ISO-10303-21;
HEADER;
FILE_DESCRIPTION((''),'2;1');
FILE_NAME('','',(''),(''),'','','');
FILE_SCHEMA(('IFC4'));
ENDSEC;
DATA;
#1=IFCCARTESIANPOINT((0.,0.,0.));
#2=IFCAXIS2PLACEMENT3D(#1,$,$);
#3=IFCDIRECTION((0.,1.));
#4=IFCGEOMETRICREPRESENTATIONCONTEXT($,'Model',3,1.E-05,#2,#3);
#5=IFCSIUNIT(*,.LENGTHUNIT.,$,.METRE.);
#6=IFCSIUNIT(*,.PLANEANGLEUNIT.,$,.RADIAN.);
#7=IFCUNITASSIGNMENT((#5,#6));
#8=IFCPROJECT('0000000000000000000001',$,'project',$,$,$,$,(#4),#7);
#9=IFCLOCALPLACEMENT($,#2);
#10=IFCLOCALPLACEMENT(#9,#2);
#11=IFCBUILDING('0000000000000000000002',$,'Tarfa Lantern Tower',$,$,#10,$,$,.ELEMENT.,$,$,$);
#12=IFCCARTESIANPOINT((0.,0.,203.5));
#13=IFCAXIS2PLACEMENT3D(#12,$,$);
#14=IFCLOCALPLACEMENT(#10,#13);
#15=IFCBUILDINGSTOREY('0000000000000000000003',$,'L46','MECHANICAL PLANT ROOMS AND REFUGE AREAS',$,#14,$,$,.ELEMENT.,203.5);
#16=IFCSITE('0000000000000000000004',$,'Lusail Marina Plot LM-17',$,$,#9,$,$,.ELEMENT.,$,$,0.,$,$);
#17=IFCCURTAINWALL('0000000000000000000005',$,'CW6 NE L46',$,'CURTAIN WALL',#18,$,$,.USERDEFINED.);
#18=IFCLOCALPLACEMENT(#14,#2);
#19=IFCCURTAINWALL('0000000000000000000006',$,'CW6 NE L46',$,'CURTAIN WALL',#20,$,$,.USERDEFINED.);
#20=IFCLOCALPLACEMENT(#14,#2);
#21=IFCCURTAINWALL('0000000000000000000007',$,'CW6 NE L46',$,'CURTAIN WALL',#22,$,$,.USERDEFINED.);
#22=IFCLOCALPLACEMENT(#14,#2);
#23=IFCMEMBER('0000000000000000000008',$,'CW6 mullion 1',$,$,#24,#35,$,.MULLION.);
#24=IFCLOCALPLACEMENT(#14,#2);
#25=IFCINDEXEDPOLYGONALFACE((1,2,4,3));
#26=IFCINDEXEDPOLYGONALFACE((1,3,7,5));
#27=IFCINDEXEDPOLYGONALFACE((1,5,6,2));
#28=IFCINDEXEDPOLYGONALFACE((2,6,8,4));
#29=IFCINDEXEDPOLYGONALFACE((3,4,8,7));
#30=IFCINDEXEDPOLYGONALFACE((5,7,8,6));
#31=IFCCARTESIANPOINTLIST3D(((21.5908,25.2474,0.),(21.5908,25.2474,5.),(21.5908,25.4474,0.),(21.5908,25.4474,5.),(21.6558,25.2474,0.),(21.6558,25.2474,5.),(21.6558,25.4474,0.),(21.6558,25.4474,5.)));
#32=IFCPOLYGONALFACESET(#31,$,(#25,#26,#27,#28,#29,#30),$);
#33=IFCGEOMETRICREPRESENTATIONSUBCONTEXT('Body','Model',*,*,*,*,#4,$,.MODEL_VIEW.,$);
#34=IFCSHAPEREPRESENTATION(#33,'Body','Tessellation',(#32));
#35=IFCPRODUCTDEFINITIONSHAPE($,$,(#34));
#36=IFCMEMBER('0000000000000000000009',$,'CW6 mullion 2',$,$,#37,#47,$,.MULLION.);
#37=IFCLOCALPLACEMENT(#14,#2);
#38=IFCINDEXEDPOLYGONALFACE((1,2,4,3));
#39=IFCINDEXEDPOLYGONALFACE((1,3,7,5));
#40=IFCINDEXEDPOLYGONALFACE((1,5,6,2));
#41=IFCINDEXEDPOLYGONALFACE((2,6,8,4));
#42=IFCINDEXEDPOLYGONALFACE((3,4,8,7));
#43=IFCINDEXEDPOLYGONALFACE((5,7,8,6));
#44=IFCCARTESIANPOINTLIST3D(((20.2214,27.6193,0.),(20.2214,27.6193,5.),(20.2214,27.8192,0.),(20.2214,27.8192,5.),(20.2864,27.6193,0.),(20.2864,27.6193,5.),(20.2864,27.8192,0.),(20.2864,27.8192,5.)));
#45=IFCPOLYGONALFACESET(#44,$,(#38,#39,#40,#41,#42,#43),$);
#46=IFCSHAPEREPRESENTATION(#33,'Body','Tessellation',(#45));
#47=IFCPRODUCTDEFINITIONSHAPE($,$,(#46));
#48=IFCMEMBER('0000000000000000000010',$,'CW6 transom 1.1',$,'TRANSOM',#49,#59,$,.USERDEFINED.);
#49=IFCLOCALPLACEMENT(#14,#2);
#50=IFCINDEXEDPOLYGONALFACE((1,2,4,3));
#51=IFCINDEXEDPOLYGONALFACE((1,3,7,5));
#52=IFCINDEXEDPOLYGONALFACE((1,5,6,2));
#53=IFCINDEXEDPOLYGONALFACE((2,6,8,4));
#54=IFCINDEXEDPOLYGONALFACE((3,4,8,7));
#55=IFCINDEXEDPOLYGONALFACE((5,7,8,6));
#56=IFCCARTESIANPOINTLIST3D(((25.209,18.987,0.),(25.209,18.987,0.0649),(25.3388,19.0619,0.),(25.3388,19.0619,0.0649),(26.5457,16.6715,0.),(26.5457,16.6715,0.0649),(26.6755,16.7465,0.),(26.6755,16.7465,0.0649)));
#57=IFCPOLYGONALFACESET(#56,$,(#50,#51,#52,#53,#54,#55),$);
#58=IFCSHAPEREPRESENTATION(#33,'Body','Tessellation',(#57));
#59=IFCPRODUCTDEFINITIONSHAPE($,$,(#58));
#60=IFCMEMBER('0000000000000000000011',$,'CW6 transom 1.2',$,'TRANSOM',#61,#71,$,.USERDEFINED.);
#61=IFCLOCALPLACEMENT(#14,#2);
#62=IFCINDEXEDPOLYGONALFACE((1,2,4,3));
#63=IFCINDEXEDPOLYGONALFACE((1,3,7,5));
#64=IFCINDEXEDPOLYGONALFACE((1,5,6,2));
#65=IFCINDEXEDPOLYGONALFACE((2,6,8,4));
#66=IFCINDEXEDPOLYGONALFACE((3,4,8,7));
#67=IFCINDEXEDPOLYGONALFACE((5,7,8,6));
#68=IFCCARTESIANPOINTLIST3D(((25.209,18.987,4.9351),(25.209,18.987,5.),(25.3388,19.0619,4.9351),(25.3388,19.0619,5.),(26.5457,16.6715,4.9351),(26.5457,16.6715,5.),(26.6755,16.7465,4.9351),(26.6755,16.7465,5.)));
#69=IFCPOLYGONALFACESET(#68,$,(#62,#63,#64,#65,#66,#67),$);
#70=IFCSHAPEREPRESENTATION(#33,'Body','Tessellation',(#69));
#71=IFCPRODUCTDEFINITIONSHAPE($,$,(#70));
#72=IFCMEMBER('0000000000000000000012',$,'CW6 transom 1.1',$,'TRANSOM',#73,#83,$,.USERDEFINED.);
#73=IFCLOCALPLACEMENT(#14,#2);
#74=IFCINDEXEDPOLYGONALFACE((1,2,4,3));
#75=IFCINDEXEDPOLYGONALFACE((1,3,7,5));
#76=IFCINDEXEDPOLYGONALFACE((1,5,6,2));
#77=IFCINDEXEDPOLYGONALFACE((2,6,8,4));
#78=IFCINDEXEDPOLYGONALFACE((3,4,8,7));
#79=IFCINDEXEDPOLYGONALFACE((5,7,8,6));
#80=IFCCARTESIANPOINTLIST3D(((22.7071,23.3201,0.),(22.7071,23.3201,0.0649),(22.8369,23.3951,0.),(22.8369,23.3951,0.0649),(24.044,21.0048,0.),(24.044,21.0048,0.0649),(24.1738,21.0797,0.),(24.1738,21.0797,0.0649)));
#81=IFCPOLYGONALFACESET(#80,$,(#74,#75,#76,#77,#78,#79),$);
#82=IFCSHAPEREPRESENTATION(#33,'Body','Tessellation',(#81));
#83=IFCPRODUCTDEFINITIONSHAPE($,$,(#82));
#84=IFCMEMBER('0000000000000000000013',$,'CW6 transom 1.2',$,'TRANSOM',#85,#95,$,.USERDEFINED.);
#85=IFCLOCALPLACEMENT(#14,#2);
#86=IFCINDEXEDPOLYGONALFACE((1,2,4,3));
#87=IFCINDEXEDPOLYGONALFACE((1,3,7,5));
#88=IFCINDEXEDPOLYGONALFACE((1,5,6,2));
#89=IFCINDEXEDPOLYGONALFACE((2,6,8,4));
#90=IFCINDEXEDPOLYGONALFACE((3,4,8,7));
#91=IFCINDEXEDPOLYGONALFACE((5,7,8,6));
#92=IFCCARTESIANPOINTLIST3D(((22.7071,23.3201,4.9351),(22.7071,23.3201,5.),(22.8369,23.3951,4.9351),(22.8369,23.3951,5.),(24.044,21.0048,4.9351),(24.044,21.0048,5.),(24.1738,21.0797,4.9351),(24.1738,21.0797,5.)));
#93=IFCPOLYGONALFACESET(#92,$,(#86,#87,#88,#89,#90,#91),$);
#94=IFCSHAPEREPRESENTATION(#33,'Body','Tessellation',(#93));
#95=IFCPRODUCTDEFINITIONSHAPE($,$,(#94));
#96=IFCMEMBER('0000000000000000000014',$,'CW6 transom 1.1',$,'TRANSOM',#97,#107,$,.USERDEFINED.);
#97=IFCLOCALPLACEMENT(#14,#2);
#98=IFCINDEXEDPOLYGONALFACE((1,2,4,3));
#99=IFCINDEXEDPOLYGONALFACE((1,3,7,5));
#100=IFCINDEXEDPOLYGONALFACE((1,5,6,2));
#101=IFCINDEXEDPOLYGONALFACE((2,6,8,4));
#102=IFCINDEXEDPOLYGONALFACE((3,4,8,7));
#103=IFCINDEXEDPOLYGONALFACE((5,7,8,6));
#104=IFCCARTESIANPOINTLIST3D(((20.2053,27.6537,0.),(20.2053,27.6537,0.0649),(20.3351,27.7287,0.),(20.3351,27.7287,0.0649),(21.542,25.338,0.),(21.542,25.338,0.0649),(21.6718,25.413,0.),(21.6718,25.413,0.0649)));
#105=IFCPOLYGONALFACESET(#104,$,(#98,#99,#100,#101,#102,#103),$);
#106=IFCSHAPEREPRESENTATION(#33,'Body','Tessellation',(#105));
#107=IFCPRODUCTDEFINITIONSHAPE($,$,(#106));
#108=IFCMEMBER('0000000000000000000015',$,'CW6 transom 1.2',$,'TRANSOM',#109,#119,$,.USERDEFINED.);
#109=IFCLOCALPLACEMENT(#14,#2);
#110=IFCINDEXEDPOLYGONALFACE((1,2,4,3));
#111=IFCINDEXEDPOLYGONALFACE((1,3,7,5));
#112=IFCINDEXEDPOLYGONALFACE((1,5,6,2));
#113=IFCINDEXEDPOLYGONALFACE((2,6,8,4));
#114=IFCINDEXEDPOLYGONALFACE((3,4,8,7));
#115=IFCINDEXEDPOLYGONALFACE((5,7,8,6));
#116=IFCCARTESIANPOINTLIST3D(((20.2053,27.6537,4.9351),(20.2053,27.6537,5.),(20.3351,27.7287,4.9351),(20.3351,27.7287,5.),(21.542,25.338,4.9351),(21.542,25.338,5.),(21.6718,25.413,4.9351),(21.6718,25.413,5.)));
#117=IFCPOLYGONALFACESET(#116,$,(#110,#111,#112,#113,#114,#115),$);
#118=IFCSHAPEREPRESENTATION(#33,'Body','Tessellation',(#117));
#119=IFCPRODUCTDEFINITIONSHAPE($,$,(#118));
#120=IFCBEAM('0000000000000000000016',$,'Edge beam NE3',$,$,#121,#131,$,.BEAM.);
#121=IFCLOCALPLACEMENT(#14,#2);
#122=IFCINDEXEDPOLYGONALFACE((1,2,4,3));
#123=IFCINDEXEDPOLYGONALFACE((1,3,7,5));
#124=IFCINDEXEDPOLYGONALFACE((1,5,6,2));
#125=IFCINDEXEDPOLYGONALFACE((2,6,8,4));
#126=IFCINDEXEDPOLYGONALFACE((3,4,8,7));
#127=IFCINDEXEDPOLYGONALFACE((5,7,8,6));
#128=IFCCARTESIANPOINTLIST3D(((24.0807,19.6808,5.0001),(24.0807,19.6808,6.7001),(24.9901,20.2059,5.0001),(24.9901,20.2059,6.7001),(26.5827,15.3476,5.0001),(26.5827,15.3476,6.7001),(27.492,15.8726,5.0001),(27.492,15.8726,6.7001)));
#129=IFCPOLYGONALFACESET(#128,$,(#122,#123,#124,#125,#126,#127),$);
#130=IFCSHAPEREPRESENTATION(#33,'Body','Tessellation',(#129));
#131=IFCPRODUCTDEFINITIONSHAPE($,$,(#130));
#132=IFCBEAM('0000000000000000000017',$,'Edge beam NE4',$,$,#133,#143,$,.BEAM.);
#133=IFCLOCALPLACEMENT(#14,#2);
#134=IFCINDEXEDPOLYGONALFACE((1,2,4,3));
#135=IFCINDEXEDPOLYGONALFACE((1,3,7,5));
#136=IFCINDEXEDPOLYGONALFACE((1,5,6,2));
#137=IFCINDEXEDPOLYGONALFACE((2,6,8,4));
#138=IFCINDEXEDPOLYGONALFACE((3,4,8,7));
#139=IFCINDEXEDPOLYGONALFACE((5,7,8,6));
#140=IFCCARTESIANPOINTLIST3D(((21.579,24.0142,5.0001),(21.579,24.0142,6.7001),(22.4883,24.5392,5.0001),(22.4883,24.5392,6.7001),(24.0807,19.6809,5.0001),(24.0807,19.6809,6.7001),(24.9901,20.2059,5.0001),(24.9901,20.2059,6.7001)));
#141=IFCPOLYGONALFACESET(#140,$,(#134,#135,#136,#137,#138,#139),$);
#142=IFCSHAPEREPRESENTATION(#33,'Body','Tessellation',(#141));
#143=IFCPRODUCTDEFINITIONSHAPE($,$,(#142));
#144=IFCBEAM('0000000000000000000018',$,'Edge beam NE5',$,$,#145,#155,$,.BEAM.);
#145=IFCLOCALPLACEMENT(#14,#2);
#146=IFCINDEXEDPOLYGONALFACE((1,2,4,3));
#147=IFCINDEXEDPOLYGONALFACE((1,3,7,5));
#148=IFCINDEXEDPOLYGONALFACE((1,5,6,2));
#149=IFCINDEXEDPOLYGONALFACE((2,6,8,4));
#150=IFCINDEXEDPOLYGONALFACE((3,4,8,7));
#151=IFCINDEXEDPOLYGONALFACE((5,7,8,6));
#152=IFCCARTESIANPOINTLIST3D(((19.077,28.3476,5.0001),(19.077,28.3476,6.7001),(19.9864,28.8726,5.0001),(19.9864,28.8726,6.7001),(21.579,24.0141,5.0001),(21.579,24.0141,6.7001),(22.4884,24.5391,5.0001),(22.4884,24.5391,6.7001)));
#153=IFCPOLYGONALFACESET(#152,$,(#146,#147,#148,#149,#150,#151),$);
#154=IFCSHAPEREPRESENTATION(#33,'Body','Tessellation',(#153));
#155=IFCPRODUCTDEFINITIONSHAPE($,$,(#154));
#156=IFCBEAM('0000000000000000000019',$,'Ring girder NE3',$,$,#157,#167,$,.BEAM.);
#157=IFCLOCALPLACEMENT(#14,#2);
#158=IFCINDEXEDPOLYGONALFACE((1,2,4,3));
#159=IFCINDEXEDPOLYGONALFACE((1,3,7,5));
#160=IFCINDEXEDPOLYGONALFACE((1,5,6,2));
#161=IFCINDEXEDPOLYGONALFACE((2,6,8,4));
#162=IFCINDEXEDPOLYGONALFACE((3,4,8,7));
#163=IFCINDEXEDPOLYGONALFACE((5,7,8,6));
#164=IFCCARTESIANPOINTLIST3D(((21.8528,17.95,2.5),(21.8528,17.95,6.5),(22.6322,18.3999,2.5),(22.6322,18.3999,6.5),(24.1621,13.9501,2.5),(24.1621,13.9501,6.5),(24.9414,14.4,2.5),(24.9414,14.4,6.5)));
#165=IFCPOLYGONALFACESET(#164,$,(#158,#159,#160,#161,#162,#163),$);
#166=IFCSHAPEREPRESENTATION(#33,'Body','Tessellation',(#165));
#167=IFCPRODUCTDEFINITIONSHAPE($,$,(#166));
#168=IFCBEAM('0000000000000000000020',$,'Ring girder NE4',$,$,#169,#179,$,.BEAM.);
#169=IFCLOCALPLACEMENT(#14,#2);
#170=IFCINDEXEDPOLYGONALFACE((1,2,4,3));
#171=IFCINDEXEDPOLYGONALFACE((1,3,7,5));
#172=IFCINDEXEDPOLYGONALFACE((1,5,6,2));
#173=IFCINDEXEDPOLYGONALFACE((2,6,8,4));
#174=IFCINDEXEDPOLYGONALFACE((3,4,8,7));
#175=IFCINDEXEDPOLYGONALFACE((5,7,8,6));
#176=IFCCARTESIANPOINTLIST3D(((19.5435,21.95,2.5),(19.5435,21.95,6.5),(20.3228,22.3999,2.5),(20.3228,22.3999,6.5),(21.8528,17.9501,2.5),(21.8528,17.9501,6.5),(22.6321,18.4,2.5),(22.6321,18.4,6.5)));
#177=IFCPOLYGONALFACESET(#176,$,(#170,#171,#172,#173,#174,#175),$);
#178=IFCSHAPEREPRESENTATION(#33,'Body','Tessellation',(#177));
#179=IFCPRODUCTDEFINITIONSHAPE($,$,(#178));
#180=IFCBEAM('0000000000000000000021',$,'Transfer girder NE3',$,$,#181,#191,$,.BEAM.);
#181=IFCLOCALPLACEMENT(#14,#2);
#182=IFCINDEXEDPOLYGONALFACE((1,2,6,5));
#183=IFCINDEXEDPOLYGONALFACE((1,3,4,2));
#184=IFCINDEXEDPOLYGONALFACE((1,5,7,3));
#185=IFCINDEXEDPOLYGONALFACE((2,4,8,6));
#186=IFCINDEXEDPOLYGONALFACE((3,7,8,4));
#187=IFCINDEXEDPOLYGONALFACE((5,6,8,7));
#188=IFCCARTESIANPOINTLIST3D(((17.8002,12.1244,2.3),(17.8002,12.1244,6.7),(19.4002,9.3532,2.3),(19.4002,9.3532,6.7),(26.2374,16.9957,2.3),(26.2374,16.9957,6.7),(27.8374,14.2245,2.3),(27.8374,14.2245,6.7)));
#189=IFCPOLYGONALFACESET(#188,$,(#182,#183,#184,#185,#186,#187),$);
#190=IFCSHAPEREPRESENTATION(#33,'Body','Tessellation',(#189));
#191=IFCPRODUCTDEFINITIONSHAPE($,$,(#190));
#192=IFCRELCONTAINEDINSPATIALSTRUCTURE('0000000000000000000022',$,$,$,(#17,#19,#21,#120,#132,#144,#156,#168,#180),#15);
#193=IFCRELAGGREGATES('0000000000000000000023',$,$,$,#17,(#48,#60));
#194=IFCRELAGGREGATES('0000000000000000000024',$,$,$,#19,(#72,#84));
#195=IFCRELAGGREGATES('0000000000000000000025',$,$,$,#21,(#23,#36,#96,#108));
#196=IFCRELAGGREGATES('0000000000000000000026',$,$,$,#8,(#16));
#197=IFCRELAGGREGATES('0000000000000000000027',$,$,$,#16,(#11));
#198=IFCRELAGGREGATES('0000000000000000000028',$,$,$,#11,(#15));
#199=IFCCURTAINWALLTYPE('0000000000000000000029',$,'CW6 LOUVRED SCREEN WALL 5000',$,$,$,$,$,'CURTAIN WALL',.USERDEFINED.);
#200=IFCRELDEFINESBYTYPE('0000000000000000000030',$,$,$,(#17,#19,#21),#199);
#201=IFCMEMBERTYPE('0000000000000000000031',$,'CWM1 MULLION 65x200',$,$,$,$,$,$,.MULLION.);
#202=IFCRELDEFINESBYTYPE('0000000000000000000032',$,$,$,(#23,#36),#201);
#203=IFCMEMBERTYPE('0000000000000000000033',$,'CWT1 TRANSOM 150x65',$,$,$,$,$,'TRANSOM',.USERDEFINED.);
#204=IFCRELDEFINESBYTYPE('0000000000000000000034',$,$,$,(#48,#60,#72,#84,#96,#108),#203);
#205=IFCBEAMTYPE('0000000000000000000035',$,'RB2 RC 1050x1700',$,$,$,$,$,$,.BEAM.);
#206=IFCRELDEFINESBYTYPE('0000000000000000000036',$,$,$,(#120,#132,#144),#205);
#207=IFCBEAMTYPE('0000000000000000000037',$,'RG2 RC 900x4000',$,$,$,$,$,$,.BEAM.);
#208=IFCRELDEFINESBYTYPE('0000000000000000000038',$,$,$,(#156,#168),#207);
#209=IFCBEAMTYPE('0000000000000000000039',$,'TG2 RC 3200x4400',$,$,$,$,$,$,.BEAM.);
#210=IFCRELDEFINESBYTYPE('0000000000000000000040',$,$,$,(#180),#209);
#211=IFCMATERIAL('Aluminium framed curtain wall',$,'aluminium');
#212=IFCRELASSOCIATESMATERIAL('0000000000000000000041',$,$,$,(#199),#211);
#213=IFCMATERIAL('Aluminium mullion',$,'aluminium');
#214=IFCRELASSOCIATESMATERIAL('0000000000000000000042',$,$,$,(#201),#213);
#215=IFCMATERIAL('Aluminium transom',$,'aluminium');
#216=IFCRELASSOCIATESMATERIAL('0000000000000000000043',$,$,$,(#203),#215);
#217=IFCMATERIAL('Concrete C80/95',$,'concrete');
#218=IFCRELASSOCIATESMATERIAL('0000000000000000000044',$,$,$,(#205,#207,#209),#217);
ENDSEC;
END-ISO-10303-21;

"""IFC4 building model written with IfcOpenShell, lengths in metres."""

from ifc_helpers import new_model, si_unit, direction, frame, origin, origin_2d, place, context, subcontext, project, spatial, rectangle, extrude, material, material_profile, profile_set, type_object, element, aggregate, save


model = new_model("IFC4")

# Units and contexts
model_context = context("Model", 3, precision=1e-05, world=origin(), true_north=direction((0.0, 1.0)))
body_context = subcontext(model_context, "Body", "Model", "MODEL_VIEW")
ifc_project = project(units=[si_unit("LENGTHUNIT", "METRE"), si_unit("PLANEANGLEUNIT", "RADIAN")], contexts=[model_context])

# Site, building, storey
site_placement = place(None, origin())
site = spatial("IfcSite", under=ifc_project, at=site_placement, Name="Lusail Marina Plot LM-17", CompositionType="ELEMENT", RefElevation=0.0)
building_placement = place(site_placement, origin())
building = spatial("IfcBuilding", under=site, at=building_placement, Name="Tarfa Lantern Tower", CompositionType="ELEMENT")
storey_placement = place(building_placement, frame((0.0, 0.0, 203.5)))
storey = spatial("IfcBuildingStorey", under=building, at=storey_placement, Name="L46", Description="MECHANICAL PLANT ROOMS AND REFUGE AREAS", CompositionType="ELEMENT", Elevation=203.5)

# Shared definitions
ifc_material_1 = material(Name="Concrete C80/95", Category="concrete")

# Shared definitions
ifc_material_2 = material(Name="Aluminium framed curtain wall", Category="aluminium")
curtain_wall_type = type_object("IfcCurtainWallType", Name="CW6 LOUVRED SCREEN WALL 5000", ElementType="CURTAIN WALL", PredefinedType="USERDEFINED", material=ifc_material_2)
ifc_material_3 = material(Name="Aluminium mullion", Category="aluminium")
ifc_material_profile_1 = material_profile(ifc_material_3, rectangle(XDim=0.0649, YDim=0.2, at=origin_2d()), Name="AL MULLION 65x200")
ifc_profile_set_1 = profile_set([ifc_material_profile_1], Name="Aluminium mullion")
member_type_1 = type_object("IfcMemberType", Name="CWM1 MULLION 65x200", PredefinedType="MULLION", material=ifc_profile_set_1)

# Curtain walls, members
curtain_wall_1_placement = place(storey_placement, origin())
curtain_wall_1 = element("IfcCurtainWall", 1, at=curtain_wall_1_placement, inside=storey, type_object=curtain_wall_type, Name="CW6 NE L46", ObjectType="CURTAIN WALL", PredefinedType="USERDEFINED")
curtain_wall_2_placement = place(storey_placement, origin())
curtain_wall_2 = element("IfcCurtainWall", 2, at=curtain_wall_2_placement, inside=storey, type_object=curtain_wall_type, Name="CW6 NE L46", ObjectType="CURTAIN WALL", PredefinedType="USERDEFINED")
curtain_wall_3_placement = place(storey_placement, origin())
curtain_wall_3 = element("IfcCurtainWall", 3, at=curtain_wall_3_placement, inside=storey, type_object=curtain_wall_type, Name="CW6 NE L46", ObjectType="CURTAIN WALL", PredefinedType="USERDEFINED")
member_1_placement = place(storey_placement, frame((21.6233, 25.3474, 0.0), z_axis=(0.0, 0.0, 1.0), x_axis=(1.0, 0.0, 0.0)))
member_1 = element("IfcMember", 4, at=member_1_placement, type_object=member_type_1, Name="CW6 mullion 1", PredefinedType="MULLION", context=body_context, shape_type="SweptSolid", body=[
    extrude(rectangle(XDim=0.0649, YDim=0.2, at=origin_2d()), origin(), (0.0, 0.0, 1.0), 5.0),
])
member_2_placement = place(storey_placement, frame((20.2539, 27.7192, 0.0), z_axis=(0.0, 0.0, 1.0), x_axis=(1.0, 0.0, 0.0)))
member_2 = element("IfcMember", 5, at=member_2_placement, type_object=member_type_1, Name="CW6 mullion 2", PredefinedType="MULLION", context=body_context, shape_type="SweptSolid", body=[
    extrude(rectangle(XDim=0.0649, YDim=0.2, at=origin_2d()), origin(), (0.0, 0.0, 1.0), 5.0),
])

# Members
ifc_material_4 = material(Name="Aluminium transom", Category="aluminium")
ifc_material_profile_2 = material_profile(ifc_material_4, rectangle(XDim=0.1499, YDim=0.0649, at=origin_2d()), Name="AL TRANSOM 150x65")
ifc_profile_set_2 = profile_set([ifc_material_profile_2], Name="Aluminium transom")
member_type_2 = type_object("IfcMemberType", Name="CWT1 TRANSOM 150x65", ElementType="TRANSOM", PredefinedType="USERDEFINED", material=ifc_profile_set_2)
member_3_placement = place(storey_placement, frame((26.6106, 16.709, 0.0325), z_axis=(-0.49996, 0.866049, 0.0), x_axis=(-0.866049, -0.49996, 0.0)))
member_3 = element("IfcMember", 6, at=member_3_placement, type_object=member_type_2, Name="CW6 transom 1.1", ObjectType="TRANSOM", PredefinedType="USERDEFINED", context=body_context, shape_type="SweptSolid", body=[
    extrude(rectangle(XDim=0.1499, YDim=0.0649, at=origin_2d()), origin(), (0.0, 0.0, 1.0), 2.6736),
])
member_4_placement = place(storey_placement, frame((26.6106, 16.709, 4.9675), z_axis=(-0.49996, 0.866049, 0.0), x_axis=(-0.866049, -0.49996, 0.0)))
member_4 = element("IfcMember", 7, at=member_4_placement, type_object=member_type_2, Name="CW6 transom 1.2", ObjectType="TRANSOM", PredefinedType="USERDEFINED", context=body_context, shape_type="SweptSolid", body=[
    extrude(rectangle(XDim=0.1499, YDim=0.0649, at=origin_2d()), origin(), (0.0, 0.0, 1.0), 2.6736),
])
member_5_placement = place(storey_placement, frame((24.1089, 21.0422, 0.0325), z_axis=(-0.500028, 0.866009, 0.0), x_axis=(-0.866009, -0.500028, 0.0)))
member_5 = element("IfcMember", 8, at=member_5_placement, type_object=member_type_2, Name="CW6 transom 1.1", ObjectType="TRANSOM", PredefinedType="USERDEFINED", context=body_context, shape_type="SweptSolid", body=[
    extrude(rectangle(XDim=0.1499, YDim=0.0649, at=origin_2d()), origin(), (0.0, 0.0, 1.0), 2.6736),
])
member_6_placement = place(storey_placement, frame((24.1089, 21.0422, 4.9675), z_axis=(-0.500028, 0.866009, 0.0), x_axis=(-0.866009, -0.500028, 0.0)))
member_6 = element("IfcMember", 9, at=member_6_placement, type_object=member_type_2, Name="CW6 transom 1.2", ObjectType="TRANSOM", PredefinedType="USERDEFINED", context=body_context, shape_type="SweptSolid", body=[
    extrude(rectangle(XDim=0.1499, YDim=0.0649, at=origin_2d()), origin(), (0.0, 0.0, 1.0), 2.6736),
])
member_7_placement = place(storey_placement, frame((21.6069, 25.3755, 0.0325), z_axis=(-0.49992, 0.866072, 0.0), x_axis=(-0.866072, -0.49992, 0.0)))
member_7 = element("IfcMember", 10, at=member_7_placement, type_object=member_type_2, Name="CW6 transom 1.1", ObjectType="TRANSOM", PredefinedType="USERDEFINED", context=body_context, shape_type="SweptSolid", body=[
    extrude(rectangle(XDim=0.1499, YDim=0.0649, at=origin_2d()), origin(), (0.0, 0.0, 1.0), 2.6738),
])
member_8_placement = place(storey_placement, frame((21.6069, 25.3755, 4.9675), z_axis=(-0.49992, 0.866072, 0.0), x_axis=(-0.866072, -0.49992, 0.0)))
member_8 = element("IfcMember", 11, at=member_8_placement, type_object=member_type_2, Name="CW6 transom 1.2", ObjectType="TRANSOM", PredefinedType="USERDEFINED", context=body_context, shape_type="SweptSolid", body=[
    extrude(rectangle(XDim=0.1499, YDim=0.0649, at=origin_2d()), origin(), (0.0, 0.0, 1.0), 2.6738),
])

# Beams
ifc_material_profile_3 = material_profile(ifc_material_1, rectangle(XDim=1.05, YDim=1.7, at=origin_2d()), Name="RC 1050x1700")
ifc_profile_set_3 = profile_set([ifc_material_profile_3], Name="Concrete C80/95")
beam_type_1 = type_object("IfcBeamType", Name="RB2 RC 1050x1700", PredefinedType="BEAM", material=ifc_profile_set_3)
for number, where, z_axis, x_axis, name in (
    (12, (27.0374, 15.6101, 5.8501), (-0.500022, 0.866013, 0.0), (-0.866013, -0.500022, 0.0), "Edge beam NE3"),
    (13, (24.5354, 19.9434, 5.8501), (-0.499986, 0.866034, 0.0), (-0.866034, -0.499986, 0.0), "Edge beam NE4"),
):
    element("IfcBeam", number, at=place(storey_placement, frame(where, z_axis=z_axis, x_axis=x_axis)), inside=storey, type_object=beam_type_1, Name=name, PredefinedType="BEAM", context=body_context, shape_type="SweptSolid", body=[
        extrude(rectangle(XDim=1.05, YDim=1.7, at=origin_2d()), origin(), (0.0, 0.0, 1.0), 5.0037),
    ])
beam_1_placement = place(storey_placement, frame((22.0337, 24.2766, 5.8501), z_axis=(-0.500001, 0.866025, 0.0), x_axis=(-0.866025, -0.500001, 0.0)))
element("IfcBeam", 14, at=beam_1_placement, inside=storey, type_object=beam_type_1, Name="Edge beam NE5", PredefinedType="BEAM", context=body_context, shape_type="SweptSolid", body=[
    extrude(rectangle(XDim=1.05, YDim=1.7, at=origin_2d()), origin(), (0.0, 0.0, 1.0), 5.0039),
])
ifc_material_profile_4 = material_profile(ifc_material_1, rectangle(XDim=0.8999, YDim=4.0, at=origin_2d()), Name="RC 900x4000")
ifc_profile_set_4 = profile_set([ifc_material_profile_4], Name="Concrete C80/95")
beam_type_2 = type_object("IfcBeamType", Name="RG2 RC 900x4000", PredefinedType="BEAM", material=ifc_profile_set_4)
for number, where, z_axis, x_axis, name in (
    (15, (24.5518, 14.175, 4.5), (-0.499988, 0.866032, 0.0), (-0.866032, -0.499988, 0.0), "Ring girder NE3"),
    (16, (22.2424, 18.175, 4.5), (-0.499988, 0.866032, 0.0), (-0.866032, -0.499988, 0.0), "Ring girder NE4"),
):
    element("IfcBeam", number, at=place(storey_placement, frame(where, z_axis=z_axis, x_axis=x_axis)), inside=storey, type_object=beam_type_2, Name=name, PredefinedType="BEAM", context=body_context, shape_type="SweptSolid", body=[
        extrude(rectangle(XDim=0.8999, YDim=4.0, at=origin_2d()), origin(), (0.0, 0.0, 1.0), 4.6187),
    ])
ifc_material_profile_5 = material_profile(ifc_material_1, rectangle(XDim=3.2, YDim=4.3999, at=origin_2d()), Name="RC 3200x4400")
ifc_profile_set_5 = profile_set([ifc_material_profile_5], Name="Concrete C80/95")
beam_type_3 = type_object("IfcBeamType", Name="TG2 RC 3200x4400", PredefinedType="BEAM", material=ifc_profile_set_5)
beam_2_placement = place(storey_placement, frame((27.0374, 15.6101, 4.5), z_axis=(-0.866022, -0.500007, 0.0), x_axis=(0.500007, -0.866022, 0.0)))
element("IfcBeam", 17, at=beam_2_placement, inside=storey, type_object=beam_type_3, Name="Transfer girder NE3", PredefinedType="BEAM", context=body_context, shape_type="SweptSolid", body=[
    extrude(rectangle(XDim=3.2, YDim=4.3999, at=origin_2d()), origin(), (0.0, 0.0, 1.0), 9.7424),
])

aggregate(curtain_wall_1, [member_3, member_4])
aggregate(curtain_wall_2, [member_5, member_6])
aggregate(curtain_wall_3, [member_1, member_2, member_7, member_8])

save(model, "model.ifc")
